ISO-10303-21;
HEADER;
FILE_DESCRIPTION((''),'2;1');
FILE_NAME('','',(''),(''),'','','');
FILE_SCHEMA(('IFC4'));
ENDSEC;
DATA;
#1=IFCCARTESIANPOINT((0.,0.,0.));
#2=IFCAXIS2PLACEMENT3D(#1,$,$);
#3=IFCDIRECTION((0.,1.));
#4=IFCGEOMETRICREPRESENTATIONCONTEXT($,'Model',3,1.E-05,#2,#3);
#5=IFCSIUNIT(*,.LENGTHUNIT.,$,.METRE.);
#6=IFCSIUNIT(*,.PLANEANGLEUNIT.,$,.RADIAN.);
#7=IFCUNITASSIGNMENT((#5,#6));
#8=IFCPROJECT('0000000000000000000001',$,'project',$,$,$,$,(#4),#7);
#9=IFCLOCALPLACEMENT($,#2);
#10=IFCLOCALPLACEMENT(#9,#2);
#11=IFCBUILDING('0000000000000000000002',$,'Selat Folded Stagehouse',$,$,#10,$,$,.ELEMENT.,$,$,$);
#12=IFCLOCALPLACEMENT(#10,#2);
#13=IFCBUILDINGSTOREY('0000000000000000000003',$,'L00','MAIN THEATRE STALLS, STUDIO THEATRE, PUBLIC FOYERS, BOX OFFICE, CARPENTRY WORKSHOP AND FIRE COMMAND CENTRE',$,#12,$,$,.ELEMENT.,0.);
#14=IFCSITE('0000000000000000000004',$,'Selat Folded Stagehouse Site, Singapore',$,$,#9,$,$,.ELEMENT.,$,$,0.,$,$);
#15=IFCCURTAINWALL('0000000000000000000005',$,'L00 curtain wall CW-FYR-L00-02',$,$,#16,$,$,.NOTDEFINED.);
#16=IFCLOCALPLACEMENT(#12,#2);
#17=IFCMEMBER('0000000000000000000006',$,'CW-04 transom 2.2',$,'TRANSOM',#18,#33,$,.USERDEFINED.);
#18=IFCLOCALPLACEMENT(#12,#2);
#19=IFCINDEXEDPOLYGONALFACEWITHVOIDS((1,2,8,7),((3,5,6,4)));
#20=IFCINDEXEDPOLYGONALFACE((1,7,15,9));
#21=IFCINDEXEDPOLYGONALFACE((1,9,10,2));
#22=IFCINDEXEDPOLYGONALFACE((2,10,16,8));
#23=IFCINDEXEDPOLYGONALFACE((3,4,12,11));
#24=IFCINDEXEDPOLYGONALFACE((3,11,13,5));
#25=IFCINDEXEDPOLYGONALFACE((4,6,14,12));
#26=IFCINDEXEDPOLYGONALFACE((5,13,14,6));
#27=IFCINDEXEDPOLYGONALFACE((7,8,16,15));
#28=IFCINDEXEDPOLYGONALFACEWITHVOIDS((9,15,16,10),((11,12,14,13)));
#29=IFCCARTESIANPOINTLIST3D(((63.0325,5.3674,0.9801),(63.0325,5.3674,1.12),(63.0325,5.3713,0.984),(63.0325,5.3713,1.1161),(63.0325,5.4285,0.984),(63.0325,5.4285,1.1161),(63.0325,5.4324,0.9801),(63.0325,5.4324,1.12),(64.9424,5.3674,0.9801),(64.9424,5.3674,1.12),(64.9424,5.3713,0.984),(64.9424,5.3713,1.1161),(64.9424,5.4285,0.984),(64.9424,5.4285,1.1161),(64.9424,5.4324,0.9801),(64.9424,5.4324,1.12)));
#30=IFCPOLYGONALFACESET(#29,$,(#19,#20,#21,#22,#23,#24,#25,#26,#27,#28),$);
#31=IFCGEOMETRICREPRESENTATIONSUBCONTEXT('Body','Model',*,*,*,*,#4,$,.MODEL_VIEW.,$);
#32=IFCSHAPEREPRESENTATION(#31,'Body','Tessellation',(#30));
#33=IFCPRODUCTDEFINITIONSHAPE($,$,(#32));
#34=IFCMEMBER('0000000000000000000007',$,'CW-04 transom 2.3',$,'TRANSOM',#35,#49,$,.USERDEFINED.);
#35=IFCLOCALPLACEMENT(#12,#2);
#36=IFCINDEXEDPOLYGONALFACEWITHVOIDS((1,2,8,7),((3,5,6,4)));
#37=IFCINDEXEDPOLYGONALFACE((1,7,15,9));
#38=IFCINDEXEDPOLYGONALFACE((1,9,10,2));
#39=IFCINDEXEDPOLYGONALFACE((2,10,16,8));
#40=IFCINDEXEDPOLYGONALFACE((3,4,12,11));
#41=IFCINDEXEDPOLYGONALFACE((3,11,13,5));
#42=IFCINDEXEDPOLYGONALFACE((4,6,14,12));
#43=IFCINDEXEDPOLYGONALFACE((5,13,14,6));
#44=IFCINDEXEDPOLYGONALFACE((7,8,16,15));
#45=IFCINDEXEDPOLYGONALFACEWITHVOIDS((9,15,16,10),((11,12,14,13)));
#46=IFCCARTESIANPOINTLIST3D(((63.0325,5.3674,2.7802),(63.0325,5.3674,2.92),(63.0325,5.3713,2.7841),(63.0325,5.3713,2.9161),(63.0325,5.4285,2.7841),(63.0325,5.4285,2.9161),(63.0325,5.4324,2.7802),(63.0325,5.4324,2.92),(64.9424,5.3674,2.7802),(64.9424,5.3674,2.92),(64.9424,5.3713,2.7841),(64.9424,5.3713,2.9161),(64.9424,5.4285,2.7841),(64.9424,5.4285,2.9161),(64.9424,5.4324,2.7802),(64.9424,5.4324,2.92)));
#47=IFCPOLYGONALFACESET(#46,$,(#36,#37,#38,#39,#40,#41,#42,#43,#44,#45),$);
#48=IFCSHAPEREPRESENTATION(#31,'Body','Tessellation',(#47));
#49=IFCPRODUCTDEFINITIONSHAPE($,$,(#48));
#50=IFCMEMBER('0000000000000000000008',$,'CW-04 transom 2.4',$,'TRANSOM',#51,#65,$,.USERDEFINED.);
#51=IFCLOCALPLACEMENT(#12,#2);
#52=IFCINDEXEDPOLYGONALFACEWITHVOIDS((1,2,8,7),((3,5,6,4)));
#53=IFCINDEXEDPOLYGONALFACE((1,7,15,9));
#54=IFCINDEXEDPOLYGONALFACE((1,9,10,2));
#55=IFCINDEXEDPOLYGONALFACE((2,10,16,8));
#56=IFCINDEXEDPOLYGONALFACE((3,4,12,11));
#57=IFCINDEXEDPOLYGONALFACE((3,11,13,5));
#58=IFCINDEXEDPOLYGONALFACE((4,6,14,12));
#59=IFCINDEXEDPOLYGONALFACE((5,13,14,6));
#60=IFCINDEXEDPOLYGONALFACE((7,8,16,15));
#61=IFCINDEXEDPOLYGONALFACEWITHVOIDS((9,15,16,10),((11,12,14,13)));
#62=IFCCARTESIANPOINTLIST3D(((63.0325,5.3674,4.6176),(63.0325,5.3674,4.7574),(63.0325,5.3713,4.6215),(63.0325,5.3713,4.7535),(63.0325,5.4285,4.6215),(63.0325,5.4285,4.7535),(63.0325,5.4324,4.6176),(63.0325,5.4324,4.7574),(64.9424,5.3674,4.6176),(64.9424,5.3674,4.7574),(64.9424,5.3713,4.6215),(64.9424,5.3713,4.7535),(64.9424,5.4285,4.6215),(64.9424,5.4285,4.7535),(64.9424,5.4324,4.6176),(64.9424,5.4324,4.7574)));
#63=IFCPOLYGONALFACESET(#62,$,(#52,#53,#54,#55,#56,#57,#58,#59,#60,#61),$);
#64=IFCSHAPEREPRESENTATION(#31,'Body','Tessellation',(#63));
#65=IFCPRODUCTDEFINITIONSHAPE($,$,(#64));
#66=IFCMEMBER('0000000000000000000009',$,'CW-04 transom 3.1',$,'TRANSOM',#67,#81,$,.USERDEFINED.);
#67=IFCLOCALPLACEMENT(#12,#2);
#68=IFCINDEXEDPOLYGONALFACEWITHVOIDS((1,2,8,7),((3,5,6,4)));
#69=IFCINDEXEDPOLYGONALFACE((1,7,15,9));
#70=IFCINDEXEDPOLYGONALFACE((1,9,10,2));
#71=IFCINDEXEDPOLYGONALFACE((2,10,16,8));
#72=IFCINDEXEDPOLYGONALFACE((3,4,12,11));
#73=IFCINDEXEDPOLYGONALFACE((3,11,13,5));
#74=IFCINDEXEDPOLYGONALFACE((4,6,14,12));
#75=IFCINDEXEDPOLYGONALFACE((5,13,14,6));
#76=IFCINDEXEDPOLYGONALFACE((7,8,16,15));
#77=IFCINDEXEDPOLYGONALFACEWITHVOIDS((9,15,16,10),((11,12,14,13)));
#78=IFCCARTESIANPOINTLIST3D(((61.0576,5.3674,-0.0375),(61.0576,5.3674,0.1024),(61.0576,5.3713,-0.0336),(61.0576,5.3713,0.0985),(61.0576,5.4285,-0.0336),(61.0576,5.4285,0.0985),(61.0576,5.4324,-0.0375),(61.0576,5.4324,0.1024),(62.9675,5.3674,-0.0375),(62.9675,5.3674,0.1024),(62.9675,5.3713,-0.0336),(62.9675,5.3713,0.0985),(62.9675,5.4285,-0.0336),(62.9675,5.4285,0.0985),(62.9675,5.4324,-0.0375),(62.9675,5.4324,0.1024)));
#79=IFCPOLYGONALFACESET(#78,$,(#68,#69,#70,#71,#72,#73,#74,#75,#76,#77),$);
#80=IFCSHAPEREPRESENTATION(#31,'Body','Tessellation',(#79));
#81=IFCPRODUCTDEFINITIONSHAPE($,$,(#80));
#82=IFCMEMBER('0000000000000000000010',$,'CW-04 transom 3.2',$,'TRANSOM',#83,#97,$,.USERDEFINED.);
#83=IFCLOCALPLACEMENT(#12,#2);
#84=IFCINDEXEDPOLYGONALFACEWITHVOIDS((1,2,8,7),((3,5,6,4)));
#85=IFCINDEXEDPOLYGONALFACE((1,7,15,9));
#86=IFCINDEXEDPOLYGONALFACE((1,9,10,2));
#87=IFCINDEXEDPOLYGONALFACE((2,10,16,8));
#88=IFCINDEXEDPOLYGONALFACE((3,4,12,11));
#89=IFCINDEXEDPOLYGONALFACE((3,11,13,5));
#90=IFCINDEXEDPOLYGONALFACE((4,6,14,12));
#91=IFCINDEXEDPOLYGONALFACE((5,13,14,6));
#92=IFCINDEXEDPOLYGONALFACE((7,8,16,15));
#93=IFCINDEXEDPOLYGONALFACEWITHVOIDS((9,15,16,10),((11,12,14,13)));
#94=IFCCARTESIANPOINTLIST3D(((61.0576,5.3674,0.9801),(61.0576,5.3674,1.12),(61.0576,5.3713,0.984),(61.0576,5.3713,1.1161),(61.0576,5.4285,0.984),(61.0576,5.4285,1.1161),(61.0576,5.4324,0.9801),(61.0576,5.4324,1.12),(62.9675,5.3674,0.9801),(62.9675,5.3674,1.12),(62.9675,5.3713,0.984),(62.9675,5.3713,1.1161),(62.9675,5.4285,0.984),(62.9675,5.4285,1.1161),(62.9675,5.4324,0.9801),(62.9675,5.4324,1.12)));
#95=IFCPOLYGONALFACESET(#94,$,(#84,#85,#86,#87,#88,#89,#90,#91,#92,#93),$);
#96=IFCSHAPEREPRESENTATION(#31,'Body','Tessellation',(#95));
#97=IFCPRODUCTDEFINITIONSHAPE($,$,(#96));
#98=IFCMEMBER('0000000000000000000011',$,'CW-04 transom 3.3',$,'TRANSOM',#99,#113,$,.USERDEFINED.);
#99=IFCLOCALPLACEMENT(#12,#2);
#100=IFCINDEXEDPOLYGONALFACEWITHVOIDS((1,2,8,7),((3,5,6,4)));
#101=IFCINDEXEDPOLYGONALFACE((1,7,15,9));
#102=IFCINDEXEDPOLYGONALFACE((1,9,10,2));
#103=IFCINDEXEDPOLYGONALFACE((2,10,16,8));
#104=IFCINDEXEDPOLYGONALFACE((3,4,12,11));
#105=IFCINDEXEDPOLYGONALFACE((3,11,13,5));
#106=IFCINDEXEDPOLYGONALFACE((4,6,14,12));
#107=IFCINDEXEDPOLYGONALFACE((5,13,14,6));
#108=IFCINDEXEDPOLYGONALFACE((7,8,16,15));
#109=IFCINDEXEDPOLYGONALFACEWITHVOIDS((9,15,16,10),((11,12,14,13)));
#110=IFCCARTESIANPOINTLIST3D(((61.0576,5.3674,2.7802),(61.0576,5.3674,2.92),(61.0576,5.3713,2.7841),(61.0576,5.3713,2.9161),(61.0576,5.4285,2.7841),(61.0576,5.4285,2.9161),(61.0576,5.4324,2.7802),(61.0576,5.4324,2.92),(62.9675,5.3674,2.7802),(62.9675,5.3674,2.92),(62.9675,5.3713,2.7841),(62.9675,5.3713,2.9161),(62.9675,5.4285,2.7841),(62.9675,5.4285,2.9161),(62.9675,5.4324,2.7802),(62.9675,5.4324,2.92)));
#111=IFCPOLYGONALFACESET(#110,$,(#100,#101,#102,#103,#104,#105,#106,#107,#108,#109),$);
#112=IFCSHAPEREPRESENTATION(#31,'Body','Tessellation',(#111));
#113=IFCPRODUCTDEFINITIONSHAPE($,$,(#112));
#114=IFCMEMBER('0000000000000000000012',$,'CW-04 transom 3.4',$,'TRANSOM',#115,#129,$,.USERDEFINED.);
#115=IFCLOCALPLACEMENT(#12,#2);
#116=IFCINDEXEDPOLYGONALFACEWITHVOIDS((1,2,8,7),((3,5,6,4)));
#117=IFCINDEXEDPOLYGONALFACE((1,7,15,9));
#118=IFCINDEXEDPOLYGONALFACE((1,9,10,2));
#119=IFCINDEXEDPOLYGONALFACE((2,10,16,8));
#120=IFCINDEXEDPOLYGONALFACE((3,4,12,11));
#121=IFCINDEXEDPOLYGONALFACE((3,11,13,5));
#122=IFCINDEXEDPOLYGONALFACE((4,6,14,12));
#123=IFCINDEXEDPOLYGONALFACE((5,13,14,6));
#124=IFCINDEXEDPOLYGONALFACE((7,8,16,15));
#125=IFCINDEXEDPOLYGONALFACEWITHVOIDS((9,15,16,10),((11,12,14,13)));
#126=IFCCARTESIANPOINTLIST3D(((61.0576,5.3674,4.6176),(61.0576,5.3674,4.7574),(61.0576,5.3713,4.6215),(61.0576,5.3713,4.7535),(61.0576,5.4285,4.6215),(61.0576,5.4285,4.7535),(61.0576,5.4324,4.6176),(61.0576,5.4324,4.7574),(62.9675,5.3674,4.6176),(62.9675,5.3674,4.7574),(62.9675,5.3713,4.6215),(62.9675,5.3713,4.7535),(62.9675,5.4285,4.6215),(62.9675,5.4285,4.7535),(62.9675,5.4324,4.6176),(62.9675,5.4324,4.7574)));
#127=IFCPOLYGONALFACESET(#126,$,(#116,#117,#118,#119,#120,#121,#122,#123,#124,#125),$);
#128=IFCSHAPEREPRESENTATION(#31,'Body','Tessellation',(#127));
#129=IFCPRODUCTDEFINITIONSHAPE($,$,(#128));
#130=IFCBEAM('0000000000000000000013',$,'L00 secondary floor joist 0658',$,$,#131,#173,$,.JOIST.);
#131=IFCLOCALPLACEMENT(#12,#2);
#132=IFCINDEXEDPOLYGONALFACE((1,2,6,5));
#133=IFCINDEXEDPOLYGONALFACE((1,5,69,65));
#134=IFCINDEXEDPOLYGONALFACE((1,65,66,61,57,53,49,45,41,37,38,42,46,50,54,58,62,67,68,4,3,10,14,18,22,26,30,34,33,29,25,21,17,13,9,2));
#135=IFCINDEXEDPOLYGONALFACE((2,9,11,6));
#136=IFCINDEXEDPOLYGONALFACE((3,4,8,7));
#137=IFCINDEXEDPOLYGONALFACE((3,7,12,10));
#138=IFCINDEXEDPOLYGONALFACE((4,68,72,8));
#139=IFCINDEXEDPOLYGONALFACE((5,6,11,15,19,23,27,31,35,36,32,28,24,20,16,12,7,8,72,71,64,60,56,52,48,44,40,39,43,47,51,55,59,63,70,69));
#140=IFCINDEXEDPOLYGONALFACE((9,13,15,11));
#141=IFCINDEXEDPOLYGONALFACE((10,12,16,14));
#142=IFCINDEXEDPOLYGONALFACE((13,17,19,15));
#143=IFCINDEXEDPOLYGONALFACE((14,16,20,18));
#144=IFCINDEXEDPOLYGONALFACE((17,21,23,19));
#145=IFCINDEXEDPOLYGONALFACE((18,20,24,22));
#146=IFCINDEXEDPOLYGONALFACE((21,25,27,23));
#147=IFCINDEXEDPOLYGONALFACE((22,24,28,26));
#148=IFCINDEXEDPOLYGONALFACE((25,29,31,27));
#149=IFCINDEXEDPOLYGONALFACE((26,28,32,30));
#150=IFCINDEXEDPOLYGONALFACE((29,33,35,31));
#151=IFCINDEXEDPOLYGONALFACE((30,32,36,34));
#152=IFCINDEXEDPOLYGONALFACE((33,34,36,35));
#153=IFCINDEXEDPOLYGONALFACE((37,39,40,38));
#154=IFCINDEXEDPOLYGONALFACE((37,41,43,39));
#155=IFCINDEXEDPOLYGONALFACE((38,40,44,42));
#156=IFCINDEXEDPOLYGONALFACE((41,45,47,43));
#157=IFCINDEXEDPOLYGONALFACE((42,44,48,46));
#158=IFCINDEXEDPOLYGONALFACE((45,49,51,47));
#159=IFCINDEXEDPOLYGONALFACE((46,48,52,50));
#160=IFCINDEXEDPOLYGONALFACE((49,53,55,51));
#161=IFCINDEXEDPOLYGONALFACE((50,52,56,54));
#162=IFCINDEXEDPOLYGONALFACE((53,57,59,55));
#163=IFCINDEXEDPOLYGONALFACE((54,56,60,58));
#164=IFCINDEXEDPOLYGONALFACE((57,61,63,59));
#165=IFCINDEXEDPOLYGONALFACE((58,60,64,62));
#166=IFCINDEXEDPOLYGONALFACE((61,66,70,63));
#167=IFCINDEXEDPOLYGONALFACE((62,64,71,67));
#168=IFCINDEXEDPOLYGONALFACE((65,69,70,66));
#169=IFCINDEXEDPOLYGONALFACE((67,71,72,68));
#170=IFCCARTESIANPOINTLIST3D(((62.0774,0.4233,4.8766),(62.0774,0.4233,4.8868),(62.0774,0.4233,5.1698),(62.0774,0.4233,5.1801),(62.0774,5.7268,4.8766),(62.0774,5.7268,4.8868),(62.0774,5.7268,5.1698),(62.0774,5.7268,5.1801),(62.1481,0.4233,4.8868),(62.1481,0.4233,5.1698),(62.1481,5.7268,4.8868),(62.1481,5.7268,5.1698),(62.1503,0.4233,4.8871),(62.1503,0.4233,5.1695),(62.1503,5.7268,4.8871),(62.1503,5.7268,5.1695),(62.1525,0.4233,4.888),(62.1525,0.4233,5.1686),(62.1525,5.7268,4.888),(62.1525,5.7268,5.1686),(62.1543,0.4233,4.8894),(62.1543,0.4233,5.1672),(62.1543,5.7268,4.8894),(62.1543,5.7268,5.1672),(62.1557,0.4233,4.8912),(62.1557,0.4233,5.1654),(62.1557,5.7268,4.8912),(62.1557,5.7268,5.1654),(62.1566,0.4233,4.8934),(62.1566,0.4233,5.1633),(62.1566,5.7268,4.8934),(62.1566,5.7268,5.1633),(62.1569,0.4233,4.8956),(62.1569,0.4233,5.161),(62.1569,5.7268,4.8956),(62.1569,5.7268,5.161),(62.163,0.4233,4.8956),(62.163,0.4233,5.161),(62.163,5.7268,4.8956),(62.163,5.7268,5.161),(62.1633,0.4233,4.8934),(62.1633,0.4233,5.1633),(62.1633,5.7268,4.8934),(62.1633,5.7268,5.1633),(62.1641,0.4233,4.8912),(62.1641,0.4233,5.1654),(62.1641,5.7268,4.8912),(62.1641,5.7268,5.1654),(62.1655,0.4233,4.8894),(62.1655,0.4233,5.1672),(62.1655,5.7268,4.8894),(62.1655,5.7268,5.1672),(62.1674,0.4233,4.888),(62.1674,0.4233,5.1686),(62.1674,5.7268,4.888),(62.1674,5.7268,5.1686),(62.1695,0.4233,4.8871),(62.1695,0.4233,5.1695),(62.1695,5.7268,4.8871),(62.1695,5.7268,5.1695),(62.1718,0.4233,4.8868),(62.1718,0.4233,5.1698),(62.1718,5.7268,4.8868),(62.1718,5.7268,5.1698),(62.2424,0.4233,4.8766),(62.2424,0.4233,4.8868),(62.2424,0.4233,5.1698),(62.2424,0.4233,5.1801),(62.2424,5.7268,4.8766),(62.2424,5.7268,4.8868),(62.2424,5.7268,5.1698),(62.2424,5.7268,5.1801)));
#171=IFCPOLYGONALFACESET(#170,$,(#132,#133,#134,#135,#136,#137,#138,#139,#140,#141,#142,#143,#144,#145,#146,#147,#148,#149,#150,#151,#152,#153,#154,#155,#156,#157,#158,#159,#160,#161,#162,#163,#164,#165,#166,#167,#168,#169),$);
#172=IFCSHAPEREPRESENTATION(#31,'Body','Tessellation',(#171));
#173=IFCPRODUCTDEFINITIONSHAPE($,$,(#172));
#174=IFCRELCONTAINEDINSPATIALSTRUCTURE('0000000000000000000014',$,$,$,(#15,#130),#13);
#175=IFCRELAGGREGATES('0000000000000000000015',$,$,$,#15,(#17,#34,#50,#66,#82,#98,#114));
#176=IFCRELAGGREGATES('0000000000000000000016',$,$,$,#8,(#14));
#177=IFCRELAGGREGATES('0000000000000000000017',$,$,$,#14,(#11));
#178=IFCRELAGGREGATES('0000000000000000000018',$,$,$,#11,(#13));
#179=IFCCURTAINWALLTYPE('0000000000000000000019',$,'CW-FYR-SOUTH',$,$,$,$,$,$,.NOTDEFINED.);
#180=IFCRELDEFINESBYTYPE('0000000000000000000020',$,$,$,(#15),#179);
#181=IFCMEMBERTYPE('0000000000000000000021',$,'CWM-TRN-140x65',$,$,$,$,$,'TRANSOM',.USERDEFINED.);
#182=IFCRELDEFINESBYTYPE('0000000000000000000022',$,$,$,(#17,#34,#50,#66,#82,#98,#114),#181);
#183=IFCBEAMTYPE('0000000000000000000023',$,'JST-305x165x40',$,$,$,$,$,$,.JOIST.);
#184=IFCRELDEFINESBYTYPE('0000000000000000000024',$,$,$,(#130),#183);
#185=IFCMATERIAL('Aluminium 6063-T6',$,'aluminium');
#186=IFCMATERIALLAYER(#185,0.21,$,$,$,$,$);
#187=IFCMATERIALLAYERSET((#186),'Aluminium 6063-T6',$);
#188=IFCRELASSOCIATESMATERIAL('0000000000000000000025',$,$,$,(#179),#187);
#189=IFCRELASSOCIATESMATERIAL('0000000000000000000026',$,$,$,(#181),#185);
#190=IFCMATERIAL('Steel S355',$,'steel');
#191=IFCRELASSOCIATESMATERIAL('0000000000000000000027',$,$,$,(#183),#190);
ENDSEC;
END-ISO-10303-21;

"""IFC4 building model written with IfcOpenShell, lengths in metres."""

from ifc_helpers import new_model, si_unit, direction, frame, origin, origin_2d, place, context, subcontext, project, spatial, hollow_rectangle, i_section, extrude, material, layer, layer_set, material_profile, profile_set, type_object, element, aggregate, save


model = new_model("IFC4")

# Units and contexts
model_context = context("Model", 3, precision=1e-05, world=origin(), true_north=direction((0.0, 1.0)))
body_context = subcontext(model_context, "Body", "Model", "MODEL_VIEW")
ifc_project = project(units=[si_unit("LENGTHUNIT", "METRE"), si_unit("PLANEANGLEUNIT", "RADIAN")], contexts=[model_context])

# Site, building, storey
site_placement = place(None, origin())
site = spatial("IfcSite", under=ifc_project, at=site_placement, Name="Selat Folded Stagehouse Site, Singapore", CompositionType="ELEMENT", RefElevation=0.0)
building_placement = place(site_placement, origin())
building = spatial("IfcBuilding", under=site, at=building_placement, Name="Selat Folded Stagehouse", CompositionType="ELEMENT")
storey_placement = place(building_placement, origin())
storey = spatial("IfcBuildingStorey", under=building, at=storey_placement, Name="L00", Description="MAIN THEATRE STALLS, STUDIO THEATRE, PUBLIC FOYERS, BOX OFFICE, CARPENTRY WORKSHOP AND FIRE COMMAND CENTRE", CompositionType="ELEMENT", Elevation=0.0)

# Shared definitions
ifc_material_1 = material(Name="Steel S355", Category="steel")

# Curtain wall, members
ifc_material_2 = material(Name="Aluminium 6063-T6", Category="aluminium")
ifc_layer_1 = layer(ifc_material_2, 0.21)
ifc_layer_set_1 = layer_set([ifc_layer_1], Name="Aluminium 6063-T6")
curtain_wall_type = type_object("IfcCurtainWallType", Name="CW-FYR-SOUTH", PredefinedType="NOTDEFINED", material=ifc_layer_set_1)
curtain_wall_placement = place(storey_placement, origin())
curtain_wall = element("IfcCurtainWall", 1, at=curtain_wall_placement, inside=storey, type_object=curtain_wall_type, Name="L00 curtain wall CW-FYR-L00-02", PredefinedType="NOTDEFINED")
ifc_material_profile_1 = material_profile(ifc_material_2, hollow_rectangle(XDim=0.0649, YDim=0.1399, WallThickness=0.0039, at=origin_2d()), Name="ALU 140x65x4.0")
ifc_profile_set_1 = profile_set([ifc_material_profile_1], Name="Aluminium 6063-T6")
member_type_1 = type_object("IfcMemberType", Name="CWM-TRN-140x65", ElementType="TRANSOM", PredefinedType="USERDEFINED", material=ifc_profile_set_1)
member_1_placement = place(storey_placement, frame((64.9424, 5.3999, 1.05), z_axis=(-1.0, 0.0, 0.0), x_axis=(0.0, -1.0, 0.0)))
member_1 = element("IfcMember", 2, at=member_1_placement, type_object=member_type_1, Name="CW-04 transom 2.2", ObjectType="TRANSOM", PredefinedType="USERDEFINED", context=body_context, shape_type="SweptSolid", body=[
    extrude(hollow_rectangle(XDim=0.0649, YDim=0.1399, WallThickness=0.0039, at=origin_2d()), origin(), (0.0, 0.0, 1.0), 1.9099),
])
member_2_placement = place(storey_placement, frame((64.9424, 5.3999, 2.8501), z_axis=(-1.0, 0.0, 0.0), x_axis=(0.0, -1.0, 0.0)))
member_2 = element("IfcMember", 3, at=member_2_placement, type_object=member_type_1, Name="CW-04 transom 2.3", ObjectType="TRANSOM", PredefinedType="USERDEFINED", context=body_context, shape_type="SweptSolid", body=[
    extrude(hollow_rectangle(XDim=0.0649, YDim=0.1399, WallThickness=0.0039, at=origin_2d()), origin(), (0.0, 0.0, 1.0), 1.9099),
])
member_3_placement = place(storey_placement, frame((64.9424, 5.3999, 4.6875), z_axis=(-1.0, 0.0, 0.0), x_axis=(0.0, -1.0, 0.0)))
member_3 = element("IfcMember", 4, at=member_3_placement, type_object=member_type_1, Name="CW-04 transom 2.4", ObjectType="TRANSOM", PredefinedType="USERDEFINED", context=body_context, shape_type="SweptSolid", body=[
    extrude(hollow_rectangle(XDim=0.0649, YDim=0.1399, WallThickness=0.0039, at=origin_2d()), origin(), (0.0, 0.0, 1.0), 1.9099),
])
member_4_placement = place(storey_placement, frame((62.9675, 5.3999, 0.0325), z_axis=(-1.0, 0.0, 0.0), x_axis=(0.0, -1.0, 0.0)))
member_4 = element("IfcMember", 5, at=member_4_placement, type_object=member_type_1, Name="CW-04 transom 3.1", ObjectType="TRANSOM", PredefinedType="USERDEFINED", context=body_context, shape_type="SweptSolid", body=[
    extrude(hollow_rectangle(XDim=0.0649, YDim=0.1399, WallThickness=0.0039, at=origin_2d()), origin(), (0.0, 0.0, 1.0), 1.9099),
])
member_5_placement = place(storey_placement, frame((62.9675, 5.3999, 1.05), z_axis=(-1.0, 0.0, 0.0), x_axis=(0.0, -1.0, 0.0)))
member_5 = element("IfcMember", 6, at=member_5_placement, type_object=member_type_1, Name="CW-04 transom 3.2", ObjectType="TRANSOM", PredefinedType="USERDEFINED", context=body_context, shape_type="SweptSolid", body=[
    extrude(hollow_rectangle(XDim=0.0649, YDim=0.1399, WallThickness=0.0039, at=origin_2d()), origin(), (0.0, 0.0, 1.0), 1.9099),
])
member_6_placement = place(storey_placement, frame((62.9675, 5.3999, 2.8501), z_axis=(-1.0, 0.0, 0.0), x_axis=(0.0, -1.0, 0.0)))
member_6 = element("IfcMember", 7, at=member_6_placement, type_object=member_type_1, Name="CW-04 transom 3.3", ObjectType="TRANSOM", PredefinedType="USERDEFINED", context=body_context, shape_type="SweptSolid", body=[
    extrude(hollow_rectangle(XDim=0.0649, YDim=0.1399, WallThickness=0.0039, at=origin_2d()), origin(), (0.0, 0.0, 1.0), 1.9099),
])
member_7_placement = place(storey_placement, frame((62.9675, 5.3999, 4.6875), z_axis=(-1.0, 0.0, 0.0), x_axis=(0.0, -1.0, 0.0)))
member_7 = element("IfcMember", 8, at=member_7_placement, type_object=member_type_1, Name="CW-04 transom 3.4", ObjectType="TRANSOM", PredefinedType="USERDEFINED", context=body_context, shape_type="SweptSolid", body=[
    extrude(hollow_rectangle(XDim=0.0649, YDim=0.1399, WallThickness=0.0039, at=origin_2d()), origin(), (0.0, 0.0, 1.0), 1.9099),
])

# Beam
ifc_material_profile_2 = material_profile(ifc_material_1, i_section(OverallWidth=0.165, OverallDepth=0.3035, WebThickness=0.0061, FlangeThickness=0.0103, FilletRadius=0.0088, at=origin_2d()), Name="UKB 305x165x40")
ifc_profile_set_2 = profile_set([ifc_material_profile_2], Name="Steel S355")
beam_type = type_object("IfcBeamType", Name="JST-305x165x40", PredefinedType="JOIST", material=ifc_profile_set_2)
for number, where, z_axis, x_axis, name in (
    (9, (62.1599, 0.4233, 5.0283), (0.0, 1.0, 0.0), (-1.0, 0.0, 0.0), "L00 secondary floor joist 0658"),
):
    element("IfcBeam", number, at=place(storey_placement, frame(where, z_axis=z_axis, x_axis=x_axis)), inside=storey, type_object=beam_type, Name=name, PredefinedType="JOIST", context=body_context, shape_type="SweptSolid", body=[
        extrude(i_section(OverallWidth=0.165, OverallDepth=0.3035, WebThickness=0.0061, FlangeThickness=0.0103, FilletRadius=0.0088, at=origin_2d()), origin(), (0.0, 0.0, 1.0), 5.3035),
    ])

aggregate(curtain_wall, [member_1, member_2, member_3, member_4, member_5, member_6, member_7])

save(model, "model.ifc")
